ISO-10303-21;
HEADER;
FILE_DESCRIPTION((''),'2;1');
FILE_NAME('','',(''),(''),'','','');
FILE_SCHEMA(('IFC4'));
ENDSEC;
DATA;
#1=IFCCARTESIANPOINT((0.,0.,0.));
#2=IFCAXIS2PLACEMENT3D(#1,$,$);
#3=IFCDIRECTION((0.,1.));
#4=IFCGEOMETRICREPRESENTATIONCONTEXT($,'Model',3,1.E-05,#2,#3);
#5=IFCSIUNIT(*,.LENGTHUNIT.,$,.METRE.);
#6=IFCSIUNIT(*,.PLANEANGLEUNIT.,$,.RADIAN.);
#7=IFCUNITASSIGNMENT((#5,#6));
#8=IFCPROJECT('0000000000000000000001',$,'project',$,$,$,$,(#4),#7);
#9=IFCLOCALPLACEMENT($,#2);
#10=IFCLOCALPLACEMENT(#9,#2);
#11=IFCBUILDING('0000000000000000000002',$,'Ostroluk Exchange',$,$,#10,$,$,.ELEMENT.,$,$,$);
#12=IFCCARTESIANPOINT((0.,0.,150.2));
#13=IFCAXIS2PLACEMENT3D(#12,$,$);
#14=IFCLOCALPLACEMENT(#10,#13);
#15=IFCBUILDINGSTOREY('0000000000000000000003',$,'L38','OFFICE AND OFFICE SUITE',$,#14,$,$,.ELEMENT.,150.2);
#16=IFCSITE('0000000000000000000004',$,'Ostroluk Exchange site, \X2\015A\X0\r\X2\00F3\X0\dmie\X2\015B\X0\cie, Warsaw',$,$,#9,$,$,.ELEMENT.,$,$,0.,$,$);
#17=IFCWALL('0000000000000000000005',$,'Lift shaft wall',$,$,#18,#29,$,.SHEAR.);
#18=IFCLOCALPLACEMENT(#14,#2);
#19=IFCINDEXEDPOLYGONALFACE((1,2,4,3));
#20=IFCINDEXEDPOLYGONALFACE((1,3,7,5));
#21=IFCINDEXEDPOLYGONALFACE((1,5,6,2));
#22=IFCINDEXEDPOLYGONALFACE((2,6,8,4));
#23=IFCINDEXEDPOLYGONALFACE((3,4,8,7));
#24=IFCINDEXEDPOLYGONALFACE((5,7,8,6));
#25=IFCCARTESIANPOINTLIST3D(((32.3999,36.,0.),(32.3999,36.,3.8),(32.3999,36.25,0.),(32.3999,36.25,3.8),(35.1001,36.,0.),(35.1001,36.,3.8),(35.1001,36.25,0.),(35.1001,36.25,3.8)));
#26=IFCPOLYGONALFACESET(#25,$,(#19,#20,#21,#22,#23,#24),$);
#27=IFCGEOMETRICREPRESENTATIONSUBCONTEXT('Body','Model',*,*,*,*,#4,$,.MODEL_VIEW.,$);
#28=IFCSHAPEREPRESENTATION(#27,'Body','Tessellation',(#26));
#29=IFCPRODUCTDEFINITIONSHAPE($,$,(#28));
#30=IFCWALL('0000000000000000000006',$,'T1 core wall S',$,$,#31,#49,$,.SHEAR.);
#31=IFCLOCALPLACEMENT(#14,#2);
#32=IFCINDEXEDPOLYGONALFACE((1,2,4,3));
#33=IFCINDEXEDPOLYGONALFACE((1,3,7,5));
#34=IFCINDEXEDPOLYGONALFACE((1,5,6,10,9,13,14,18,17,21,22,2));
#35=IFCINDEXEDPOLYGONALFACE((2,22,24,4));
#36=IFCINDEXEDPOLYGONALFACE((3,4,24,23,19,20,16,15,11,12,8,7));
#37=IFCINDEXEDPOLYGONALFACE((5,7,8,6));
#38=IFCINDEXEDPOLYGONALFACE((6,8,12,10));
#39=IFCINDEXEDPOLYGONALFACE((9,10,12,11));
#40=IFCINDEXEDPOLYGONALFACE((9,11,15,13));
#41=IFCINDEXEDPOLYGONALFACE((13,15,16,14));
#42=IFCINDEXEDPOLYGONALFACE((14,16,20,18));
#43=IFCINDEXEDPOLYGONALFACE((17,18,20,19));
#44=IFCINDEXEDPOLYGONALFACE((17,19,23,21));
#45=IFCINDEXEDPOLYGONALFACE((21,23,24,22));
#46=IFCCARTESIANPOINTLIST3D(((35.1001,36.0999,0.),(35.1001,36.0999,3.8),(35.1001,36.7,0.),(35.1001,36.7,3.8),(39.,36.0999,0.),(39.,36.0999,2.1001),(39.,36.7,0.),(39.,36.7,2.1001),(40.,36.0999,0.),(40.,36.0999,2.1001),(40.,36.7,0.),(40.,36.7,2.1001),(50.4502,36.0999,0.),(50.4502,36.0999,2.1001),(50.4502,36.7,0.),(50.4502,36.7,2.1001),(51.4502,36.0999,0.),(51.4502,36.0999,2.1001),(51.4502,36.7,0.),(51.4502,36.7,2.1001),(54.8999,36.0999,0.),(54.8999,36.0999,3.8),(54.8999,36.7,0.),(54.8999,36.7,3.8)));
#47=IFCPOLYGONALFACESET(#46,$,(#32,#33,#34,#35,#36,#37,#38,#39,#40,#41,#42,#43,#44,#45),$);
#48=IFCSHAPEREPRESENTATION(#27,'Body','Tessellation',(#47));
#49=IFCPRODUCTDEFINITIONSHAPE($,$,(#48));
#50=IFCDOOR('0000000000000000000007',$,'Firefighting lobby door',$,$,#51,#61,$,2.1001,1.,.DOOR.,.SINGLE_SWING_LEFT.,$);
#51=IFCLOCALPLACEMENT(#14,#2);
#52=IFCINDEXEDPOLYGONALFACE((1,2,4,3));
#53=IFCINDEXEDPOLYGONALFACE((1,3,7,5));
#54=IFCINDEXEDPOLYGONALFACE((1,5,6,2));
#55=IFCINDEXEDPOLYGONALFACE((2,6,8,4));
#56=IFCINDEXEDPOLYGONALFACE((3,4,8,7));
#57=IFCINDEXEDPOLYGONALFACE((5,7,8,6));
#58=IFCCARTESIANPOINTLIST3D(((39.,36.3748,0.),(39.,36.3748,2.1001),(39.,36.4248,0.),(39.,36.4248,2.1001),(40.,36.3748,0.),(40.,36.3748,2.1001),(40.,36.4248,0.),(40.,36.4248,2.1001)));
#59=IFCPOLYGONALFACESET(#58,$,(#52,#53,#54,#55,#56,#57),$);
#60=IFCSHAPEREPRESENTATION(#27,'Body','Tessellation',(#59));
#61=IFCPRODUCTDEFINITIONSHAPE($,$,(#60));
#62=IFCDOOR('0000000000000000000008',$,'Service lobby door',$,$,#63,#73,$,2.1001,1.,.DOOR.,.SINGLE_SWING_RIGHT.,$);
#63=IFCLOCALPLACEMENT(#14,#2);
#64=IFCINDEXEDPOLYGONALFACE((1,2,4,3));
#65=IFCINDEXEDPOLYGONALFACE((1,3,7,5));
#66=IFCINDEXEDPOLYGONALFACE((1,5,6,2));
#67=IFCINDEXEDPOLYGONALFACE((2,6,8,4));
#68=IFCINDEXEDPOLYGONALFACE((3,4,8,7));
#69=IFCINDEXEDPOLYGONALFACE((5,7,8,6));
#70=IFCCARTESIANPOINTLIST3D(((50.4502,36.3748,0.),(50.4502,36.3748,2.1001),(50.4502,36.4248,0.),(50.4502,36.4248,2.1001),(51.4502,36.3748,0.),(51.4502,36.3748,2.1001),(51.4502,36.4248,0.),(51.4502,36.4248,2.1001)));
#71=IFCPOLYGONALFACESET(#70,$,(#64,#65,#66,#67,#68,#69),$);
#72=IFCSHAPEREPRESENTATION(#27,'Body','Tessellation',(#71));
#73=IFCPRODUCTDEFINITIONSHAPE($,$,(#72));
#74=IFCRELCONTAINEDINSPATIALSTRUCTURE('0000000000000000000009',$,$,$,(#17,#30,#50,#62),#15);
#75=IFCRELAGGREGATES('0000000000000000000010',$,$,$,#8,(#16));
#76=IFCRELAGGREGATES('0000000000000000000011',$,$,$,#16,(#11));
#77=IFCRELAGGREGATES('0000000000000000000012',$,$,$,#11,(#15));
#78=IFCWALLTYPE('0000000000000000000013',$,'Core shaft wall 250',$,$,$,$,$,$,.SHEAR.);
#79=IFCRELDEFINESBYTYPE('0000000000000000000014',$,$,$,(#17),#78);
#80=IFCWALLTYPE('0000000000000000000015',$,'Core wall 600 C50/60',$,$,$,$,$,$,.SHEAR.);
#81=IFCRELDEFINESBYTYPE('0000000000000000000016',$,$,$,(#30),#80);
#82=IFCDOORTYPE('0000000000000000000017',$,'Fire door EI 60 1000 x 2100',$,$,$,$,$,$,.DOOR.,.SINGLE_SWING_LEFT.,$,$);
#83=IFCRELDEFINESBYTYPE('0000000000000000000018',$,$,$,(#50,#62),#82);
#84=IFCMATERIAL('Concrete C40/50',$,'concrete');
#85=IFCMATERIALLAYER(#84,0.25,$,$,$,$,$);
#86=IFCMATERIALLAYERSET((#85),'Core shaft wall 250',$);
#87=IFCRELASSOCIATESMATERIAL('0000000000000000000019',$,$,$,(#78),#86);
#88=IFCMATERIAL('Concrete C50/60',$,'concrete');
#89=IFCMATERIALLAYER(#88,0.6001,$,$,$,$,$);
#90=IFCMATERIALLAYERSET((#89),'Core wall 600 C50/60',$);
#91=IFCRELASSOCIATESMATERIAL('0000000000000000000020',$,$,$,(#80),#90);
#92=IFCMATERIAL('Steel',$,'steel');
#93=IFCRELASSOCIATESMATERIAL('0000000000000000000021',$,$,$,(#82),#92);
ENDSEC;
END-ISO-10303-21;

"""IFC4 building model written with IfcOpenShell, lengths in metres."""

from ifc_helpers import new_model, si_unit, direction, frame, frame_2d, origin, place, context, subcontext, project, spatial, rectangle, extrude, material, layer, layer_set, type_object, element, fill, save


model = new_model("IFC4")

# Units and contexts
model_context = context("Model", 3, precision=1e-05, world=origin(), true_north=direction((0.0, 1.0)))
body_context = subcontext(model_context, "Body", "Model", "MODEL_VIEW")
ifc_project = project(units=[si_unit("LENGTHUNIT", "METRE"), si_unit("PLANEANGLEUNIT", "RADIAN")], contexts=[model_context])

# Site, building, storey
site_placement = place(None, origin())
site = spatial("IfcSite", under=ifc_project, at=site_placement, Name="Ostroluk Exchange site, Śródmieście, Warsaw", CompositionType="ELEMENT", RefElevation=0.0)
building_placement = place(site_placement, origin())
building = spatial("IfcBuilding", under=site, at=building_placement, Name="Ostroluk Exchange", CompositionType="ELEMENT")
storey_placement = place(building_placement, frame((0.0, 0.0, 150.2)))
storey = spatial("IfcBuildingStorey", under=building, at=storey_placement, Name="L38", Description="OFFICE AND OFFICE SUITE", CompositionType="ELEMENT", Elevation=150.2)

# Wall
ifc_material_1 = material(Name="Concrete C40/50", Category="concrete")
ifc_layer_1 = layer(ifc_material_1, 0.25)
ifc_layer_set_1 = layer_set([ifc_layer_1], Name="Core shaft wall 250")
wall_type_1 = type_object("IfcWallType", Name="Core shaft wall 250", PredefinedType="SHEAR", material=ifc_layer_set_1)
wall_1_placement = place(storey_placement, frame((32.3999, 36.125, 0.0), z_axis=(0.0, 0.0, 1.0), x_axis=(1.0, 0.0, 0.0)))
element("IfcWall", 1, at=wall_1_placement, inside=storey, type_object=wall_type_1, Name="Lift shaft wall", PredefinedType="SHEAR", context=body_context, shape_type="SweptSolid", body=[
    extrude(rectangle(XDim=2.7002, YDim=0.25, at=frame_2d((1.3501, 0.0))), origin(), (0.0, 0.0, 1.0), 3.8),
])

# Wall, openings, doors
ifc_material_2 = material(Name="Concrete C50/60", Category="concrete")
ifc_layer_2 = layer(ifc_material_2, 0.6001)
ifc_layer_set_2 = layer_set([ifc_layer_2], Name="Core wall 600 C50/60")
wall_type_2 = type_object("IfcWallType", Name="Core wall 600 C50/60", PredefinedType="SHEAR", material=ifc_layer_set_2)
wall_2_placement = place(storey_placement, frame((35.1001, 36.3999, 0.0), z_axis=(0.0, 0.0, 1.0), x_axis=(1.0, 0.0, 0.0)))
wall_2 = element("IfcWall", 2, at=wall_2_placement, inside=storey, type_object=wall_type_2, Name="T1 core wall S", PredefinedType="SHEAR", context=body_context, shape_type="SweptSolid", body=[
    extrude(rectangle(XDim=19.7998, YDim=0.6001, at=frame_2d((9.8999, 0.0))), origin(), (0.0, 0.0, 1.0), 3.8),
])
opening_1_placement = place(wall_2_placement, frame((3.8999, 0.0, 0.0)))
opening_1 = element("IfcOpeningElement", 3, at=opening_1_placement, cuts=wall_2, PredefinedType="OPENING", context=body_context, shape_type="SweptSolid", body=[
    extrude(rectangle(XDim=1.0, YDim=2.1001, at=frame_2d((0.5, 1.05))), frame((0.0, 0.3101, 0.0), z_axis=(0.0, -1.0, 0.0), x_axis=(1.0, 0.0, 0.0)), (0.0, 0.0, 1.0), 0.6201),
])
opening_2_placement = place(wall_2_placement, frame((15.3501, 0.0, 0.0)))
opening_2 = element("IfcOpeningElement", 4, at=opening_2_placement, cuts=wall_2, PredefinedType="OPENING", context=body_context, shape_type="SweptSolid", body=[
    extrude(rectangle(XDim=1.0, YDim=2.1001, at=frame_2d((0.5, 1.05))), frame((0.0, 0.3101, 0.0), z_axis=(0.0, -1.0, 0.0), x_axis=(1.0, 0.0, 0.0)), (0.0, 0.0, 1.0), 0.6201),
])
ifc_material_3 = material(Name="Steel", Category="steel")
door_type_1 = type_object("IfcDoorType", Name="Fire door EI 60 1000 x 2100", OperationType="SINGLE_SWING_LEFT", PredefinedType="DOOR", material=ifc_material_3)
door_1_placement = place(opening_1_placement, origin())
door_1 = element("IfcDoor", 5, at=door_1_placement, inside=storey, type_object=door_type_1, Name="Firefighting lobby door", OperationType="SINGLE_SWING_LEFT", OverallHeight=2.1001, OverallWidth=1.0, PredefinedType="DOOR", context=body_context, shape_type="SweptSolid", body=[
    extrude(rectangle(XDim=1.0, YDim=2.1001, at=frame_2d((0.5, 1.05))), frame((0.0, 0.0249, 0.0), z_axis=(0.0, -1.0, 0.0), x_axis=(1.0, 0.0, 0.0)), (0.0, 0.0, 1.0), 0.05),
])
fill(opening_1, door_1)
door_2_placement = place(opening_2_placement, origin())
door_2 = element("IfcDoor", 6, at=door_2_placement, inside=storey, type_object=door_type_1, Name="Service lobby door", OperationType="SINGLE_SWING_RIGHT", OverallHeight=2.1001, OverallWidth=1.0, PredefinedType="DOOR", context=body_context, shape_type="SweptSolid", body=[
    extrude(rectangle(XDim=1.0, YDim=2.1001, at=frame_2d((0.5, 1.05))), frame((0.0, 0.0249, 0.0), z_axis=(0.0, -1.0, 0.0), x_axis=(1.0, 0.0, 0.0)), (0.0, 0.0, 1.0), 0.05),
])
fill(opening_2, door_2)

save(model, "model.ifc")
